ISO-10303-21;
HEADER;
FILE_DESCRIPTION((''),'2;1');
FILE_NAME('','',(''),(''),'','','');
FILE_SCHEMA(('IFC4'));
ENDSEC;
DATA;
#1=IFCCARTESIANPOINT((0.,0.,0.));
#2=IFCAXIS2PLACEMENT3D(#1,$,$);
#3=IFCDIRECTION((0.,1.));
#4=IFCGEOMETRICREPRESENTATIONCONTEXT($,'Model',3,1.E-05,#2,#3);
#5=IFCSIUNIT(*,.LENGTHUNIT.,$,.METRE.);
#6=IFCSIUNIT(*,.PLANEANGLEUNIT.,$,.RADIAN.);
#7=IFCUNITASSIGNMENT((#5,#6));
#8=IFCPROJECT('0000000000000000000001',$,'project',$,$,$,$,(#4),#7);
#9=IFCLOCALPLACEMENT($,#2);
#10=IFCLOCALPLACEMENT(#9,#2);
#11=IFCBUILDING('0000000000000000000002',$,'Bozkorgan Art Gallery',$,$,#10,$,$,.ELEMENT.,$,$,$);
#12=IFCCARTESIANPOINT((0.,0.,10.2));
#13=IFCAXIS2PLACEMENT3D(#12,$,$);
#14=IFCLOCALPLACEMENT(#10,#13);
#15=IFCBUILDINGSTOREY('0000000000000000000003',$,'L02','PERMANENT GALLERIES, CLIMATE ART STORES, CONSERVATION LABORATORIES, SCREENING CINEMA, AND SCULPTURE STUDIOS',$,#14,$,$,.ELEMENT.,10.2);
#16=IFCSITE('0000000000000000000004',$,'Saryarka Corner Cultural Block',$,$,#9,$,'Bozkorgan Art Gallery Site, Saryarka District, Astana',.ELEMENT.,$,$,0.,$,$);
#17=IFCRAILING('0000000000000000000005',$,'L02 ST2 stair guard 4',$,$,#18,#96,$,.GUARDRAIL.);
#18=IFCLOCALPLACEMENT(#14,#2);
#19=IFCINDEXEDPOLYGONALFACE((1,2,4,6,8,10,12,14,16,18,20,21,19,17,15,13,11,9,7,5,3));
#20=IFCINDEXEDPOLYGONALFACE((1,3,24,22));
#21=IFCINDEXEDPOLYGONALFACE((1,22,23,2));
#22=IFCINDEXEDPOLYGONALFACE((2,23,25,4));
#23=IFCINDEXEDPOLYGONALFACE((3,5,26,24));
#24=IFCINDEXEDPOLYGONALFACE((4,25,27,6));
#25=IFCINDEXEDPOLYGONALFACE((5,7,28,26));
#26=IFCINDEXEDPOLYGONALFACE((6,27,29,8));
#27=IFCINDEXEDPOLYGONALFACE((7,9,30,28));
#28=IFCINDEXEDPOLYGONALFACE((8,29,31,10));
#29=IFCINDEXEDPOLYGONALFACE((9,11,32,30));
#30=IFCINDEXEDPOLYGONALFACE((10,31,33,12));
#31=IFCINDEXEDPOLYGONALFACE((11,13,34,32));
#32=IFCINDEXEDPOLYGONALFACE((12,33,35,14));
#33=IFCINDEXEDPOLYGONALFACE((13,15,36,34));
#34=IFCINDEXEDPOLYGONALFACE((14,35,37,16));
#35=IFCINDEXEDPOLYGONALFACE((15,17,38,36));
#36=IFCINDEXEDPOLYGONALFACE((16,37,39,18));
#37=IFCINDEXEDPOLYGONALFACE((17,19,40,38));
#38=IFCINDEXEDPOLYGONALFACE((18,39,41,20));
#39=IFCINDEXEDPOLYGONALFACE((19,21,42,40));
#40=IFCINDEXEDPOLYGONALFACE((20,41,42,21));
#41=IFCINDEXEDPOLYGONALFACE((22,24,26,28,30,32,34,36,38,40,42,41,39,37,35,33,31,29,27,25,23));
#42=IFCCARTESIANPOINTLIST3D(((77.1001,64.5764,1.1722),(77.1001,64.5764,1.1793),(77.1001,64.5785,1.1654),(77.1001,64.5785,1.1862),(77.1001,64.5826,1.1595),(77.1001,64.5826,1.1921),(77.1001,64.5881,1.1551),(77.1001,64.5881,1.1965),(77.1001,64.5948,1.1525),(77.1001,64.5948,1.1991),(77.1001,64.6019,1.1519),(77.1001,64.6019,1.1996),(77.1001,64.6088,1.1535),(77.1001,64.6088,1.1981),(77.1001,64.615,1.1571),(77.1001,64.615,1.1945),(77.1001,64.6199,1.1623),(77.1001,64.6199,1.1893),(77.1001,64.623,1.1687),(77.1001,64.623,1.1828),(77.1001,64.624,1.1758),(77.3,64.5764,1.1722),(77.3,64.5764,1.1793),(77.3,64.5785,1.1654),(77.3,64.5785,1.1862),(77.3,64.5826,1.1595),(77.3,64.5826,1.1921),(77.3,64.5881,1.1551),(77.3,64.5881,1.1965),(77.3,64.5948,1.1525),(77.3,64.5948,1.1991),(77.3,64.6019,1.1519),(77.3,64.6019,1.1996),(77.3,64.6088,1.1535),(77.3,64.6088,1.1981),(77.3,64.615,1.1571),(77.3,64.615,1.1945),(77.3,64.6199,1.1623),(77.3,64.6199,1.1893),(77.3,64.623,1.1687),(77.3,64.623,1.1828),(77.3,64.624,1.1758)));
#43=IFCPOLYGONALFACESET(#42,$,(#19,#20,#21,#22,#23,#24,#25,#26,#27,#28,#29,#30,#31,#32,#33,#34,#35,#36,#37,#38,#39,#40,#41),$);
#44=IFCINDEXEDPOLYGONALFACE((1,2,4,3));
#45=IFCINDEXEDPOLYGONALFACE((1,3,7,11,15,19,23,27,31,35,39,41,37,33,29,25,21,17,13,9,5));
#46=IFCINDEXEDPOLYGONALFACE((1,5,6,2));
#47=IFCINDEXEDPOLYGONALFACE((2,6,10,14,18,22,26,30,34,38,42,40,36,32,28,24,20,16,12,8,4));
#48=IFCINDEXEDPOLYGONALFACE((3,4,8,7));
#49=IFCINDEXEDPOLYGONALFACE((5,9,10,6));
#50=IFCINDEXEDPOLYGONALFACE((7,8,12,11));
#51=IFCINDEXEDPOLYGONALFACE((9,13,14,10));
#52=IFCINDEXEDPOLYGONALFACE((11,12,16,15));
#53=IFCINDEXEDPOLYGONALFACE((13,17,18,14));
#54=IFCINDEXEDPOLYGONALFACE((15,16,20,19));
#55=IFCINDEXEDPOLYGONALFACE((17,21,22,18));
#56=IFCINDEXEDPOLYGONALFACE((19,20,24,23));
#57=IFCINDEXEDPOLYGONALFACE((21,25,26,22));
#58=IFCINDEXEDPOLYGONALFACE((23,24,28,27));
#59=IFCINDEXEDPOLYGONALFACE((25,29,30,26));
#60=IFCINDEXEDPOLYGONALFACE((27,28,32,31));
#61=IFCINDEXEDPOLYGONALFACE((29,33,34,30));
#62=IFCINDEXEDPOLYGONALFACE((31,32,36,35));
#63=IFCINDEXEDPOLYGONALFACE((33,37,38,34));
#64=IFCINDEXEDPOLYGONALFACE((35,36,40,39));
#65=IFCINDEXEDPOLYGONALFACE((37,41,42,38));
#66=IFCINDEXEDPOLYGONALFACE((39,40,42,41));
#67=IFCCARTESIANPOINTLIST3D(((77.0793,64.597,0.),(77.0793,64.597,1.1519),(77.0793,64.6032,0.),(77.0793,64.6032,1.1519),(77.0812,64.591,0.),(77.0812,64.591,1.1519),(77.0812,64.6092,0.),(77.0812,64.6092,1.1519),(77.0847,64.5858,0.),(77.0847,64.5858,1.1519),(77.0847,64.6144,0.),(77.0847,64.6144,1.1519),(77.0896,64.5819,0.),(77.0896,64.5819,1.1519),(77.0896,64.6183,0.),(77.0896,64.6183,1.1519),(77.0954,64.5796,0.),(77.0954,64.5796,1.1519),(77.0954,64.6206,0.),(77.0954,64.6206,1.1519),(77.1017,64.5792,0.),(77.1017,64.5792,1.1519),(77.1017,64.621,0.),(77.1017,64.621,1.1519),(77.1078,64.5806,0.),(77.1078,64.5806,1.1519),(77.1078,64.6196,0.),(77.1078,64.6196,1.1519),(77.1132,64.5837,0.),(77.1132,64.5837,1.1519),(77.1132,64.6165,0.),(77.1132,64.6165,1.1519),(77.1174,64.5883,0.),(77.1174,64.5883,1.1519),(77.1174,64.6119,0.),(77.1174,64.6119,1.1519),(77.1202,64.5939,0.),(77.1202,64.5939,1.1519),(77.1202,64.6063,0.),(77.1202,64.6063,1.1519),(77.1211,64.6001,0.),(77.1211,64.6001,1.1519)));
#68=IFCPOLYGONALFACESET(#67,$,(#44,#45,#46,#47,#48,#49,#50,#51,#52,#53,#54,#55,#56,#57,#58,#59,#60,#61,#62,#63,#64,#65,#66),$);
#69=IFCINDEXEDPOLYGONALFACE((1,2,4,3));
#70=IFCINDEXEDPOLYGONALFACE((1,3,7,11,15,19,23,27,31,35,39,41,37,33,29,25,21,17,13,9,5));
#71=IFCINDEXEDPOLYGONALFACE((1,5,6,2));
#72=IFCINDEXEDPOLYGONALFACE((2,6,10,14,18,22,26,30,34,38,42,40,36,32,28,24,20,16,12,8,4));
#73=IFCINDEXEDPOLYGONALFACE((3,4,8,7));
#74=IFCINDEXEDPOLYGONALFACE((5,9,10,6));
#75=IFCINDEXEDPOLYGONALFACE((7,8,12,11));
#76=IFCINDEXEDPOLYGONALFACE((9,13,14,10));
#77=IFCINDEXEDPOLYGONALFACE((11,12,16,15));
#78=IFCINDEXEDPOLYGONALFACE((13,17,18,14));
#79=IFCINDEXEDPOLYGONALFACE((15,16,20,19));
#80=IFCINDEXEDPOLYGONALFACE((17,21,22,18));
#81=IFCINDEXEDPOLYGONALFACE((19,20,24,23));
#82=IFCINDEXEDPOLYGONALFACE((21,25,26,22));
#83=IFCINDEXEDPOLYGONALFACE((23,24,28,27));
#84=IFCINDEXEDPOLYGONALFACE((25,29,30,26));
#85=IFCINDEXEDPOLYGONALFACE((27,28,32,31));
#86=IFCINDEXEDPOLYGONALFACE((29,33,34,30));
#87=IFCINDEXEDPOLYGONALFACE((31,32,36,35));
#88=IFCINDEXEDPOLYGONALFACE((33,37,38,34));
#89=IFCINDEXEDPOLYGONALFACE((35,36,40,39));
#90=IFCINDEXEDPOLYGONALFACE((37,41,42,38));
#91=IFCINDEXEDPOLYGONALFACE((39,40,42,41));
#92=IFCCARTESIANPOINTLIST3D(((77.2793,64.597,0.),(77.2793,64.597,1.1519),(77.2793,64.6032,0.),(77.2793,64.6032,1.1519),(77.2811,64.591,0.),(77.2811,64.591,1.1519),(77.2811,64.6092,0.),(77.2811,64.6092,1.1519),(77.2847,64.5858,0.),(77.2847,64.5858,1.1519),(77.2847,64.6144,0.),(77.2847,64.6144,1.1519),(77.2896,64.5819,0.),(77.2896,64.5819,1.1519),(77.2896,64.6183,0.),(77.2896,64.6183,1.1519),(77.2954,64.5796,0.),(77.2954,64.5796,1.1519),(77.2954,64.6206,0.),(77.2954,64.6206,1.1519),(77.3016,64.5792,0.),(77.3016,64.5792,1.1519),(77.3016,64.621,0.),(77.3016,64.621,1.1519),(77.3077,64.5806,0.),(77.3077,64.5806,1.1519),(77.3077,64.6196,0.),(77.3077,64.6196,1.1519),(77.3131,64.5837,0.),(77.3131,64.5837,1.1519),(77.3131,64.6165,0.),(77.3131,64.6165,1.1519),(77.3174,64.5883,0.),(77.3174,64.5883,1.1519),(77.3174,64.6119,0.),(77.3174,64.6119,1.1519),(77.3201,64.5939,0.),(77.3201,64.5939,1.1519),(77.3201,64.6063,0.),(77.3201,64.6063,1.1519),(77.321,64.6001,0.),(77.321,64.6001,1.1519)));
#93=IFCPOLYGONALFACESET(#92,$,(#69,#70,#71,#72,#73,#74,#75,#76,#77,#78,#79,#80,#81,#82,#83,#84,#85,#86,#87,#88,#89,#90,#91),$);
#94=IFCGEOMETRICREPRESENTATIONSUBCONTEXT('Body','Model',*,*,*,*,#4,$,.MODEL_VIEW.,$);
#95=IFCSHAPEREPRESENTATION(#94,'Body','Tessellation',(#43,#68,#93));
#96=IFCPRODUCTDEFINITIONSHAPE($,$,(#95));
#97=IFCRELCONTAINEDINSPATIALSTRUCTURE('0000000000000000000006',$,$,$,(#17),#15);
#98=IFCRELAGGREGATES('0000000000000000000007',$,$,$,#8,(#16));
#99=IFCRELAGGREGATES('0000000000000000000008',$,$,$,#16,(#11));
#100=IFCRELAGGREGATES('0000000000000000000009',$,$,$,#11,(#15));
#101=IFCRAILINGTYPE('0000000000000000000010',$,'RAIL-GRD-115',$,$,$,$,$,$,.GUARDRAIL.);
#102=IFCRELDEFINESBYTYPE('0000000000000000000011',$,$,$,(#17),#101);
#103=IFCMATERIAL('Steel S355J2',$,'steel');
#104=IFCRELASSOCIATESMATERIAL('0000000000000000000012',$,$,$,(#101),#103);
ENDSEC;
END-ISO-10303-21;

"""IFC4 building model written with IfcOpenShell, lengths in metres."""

from ifc_helpers import new_model, si_unit, direction, frame, origin, origin_2d, place, context, subcontext, project, spatial, circle, extrude, material, type_object, element, save


model = new_model("IFC4")

# Units and contexts
model_context = context("Model", 3, precision=1e-05, world=origin(), true_north=direction((0.0, 1.0)))
body_context = subcontext(model_context, "Body", "Model", "MODEL_VIEW")
ifc_project = project(units=[si_unit("LENGTHUNIT", "METRE"), si_unit("PLANEANGLEUNIT", "RADIAN")], contexts=[model_context])

# Site, building, storey
site_placement = place(None, origin())
site = spatial("IfcSite", under=ifc_project, at=site_placement, Name="Saryarka Corner Cultural Block", LongName="Bozkorgan Art Gallery Site, Saryarka District, Astana", CompositionType="ELEMENT", RefElevation=0.0)
building_placement = place(site_placement, origin())
building = spatial("IfcBuilding", under=site, at=building_placement, Name="Bozkorgan Art Gallery", CompositionType="ELEMENT")
storey_placement = place(building_placement, frame((0.0, 0.0, 10.2)))
storey = spatial("IfcBuildingStorey", under=building, at=storey_placement, Name="L02", Description="PERMANENT GALLERIES, CLIMATE ART STORES, CONSERVATION LABORATORIES, SCREENING CINEMA, AND SCULPTURE STUDIOS", CompositionType="ELEMENT", Elevation=10.2)

# Shared definitions
ifc_material_1 = material(Name="Steel S355J2", Category="steel")

# Railing
railing_type_1 = type_object("IfcRailingType", Name="RAIL-GRD-115", PredefinedType="GUARDRAIL", material=ifc_material_1)
railing_1_placement = place(storey_placement, frame((77.1001, 64.6001, 0.0)))
element("IfcRailing", 1, at=railing_1_placement, inside=storey, type_object=railing_type_1, Name="L02 ST2 stair guard 4", PredefinedType="GUARDRAIL", context=body_context, shape_type="SweptSolid", body=[
    extrude(circle(Radius=0.0239, at=origin_2d()), frame((0.0, 0.0, 1.1758), z_axis=(1.0, 0.0, 0.0), x_axis=(0.0, 1.0, 0.0)), (0.0, 0.0, 1.0), 0.2),
    extrude(circle(Radius=0.021, at=origin_2d()), origin(), (0.0, 0.0, 1.0), 1.1519),
    extrude(circle(Radius=0.021, at=origin_2d()), frame((0.2, 0.0, 0.0)), (0.0, 0.0, 1.0), 1.1519),
])

save(model, "model.ifc")
